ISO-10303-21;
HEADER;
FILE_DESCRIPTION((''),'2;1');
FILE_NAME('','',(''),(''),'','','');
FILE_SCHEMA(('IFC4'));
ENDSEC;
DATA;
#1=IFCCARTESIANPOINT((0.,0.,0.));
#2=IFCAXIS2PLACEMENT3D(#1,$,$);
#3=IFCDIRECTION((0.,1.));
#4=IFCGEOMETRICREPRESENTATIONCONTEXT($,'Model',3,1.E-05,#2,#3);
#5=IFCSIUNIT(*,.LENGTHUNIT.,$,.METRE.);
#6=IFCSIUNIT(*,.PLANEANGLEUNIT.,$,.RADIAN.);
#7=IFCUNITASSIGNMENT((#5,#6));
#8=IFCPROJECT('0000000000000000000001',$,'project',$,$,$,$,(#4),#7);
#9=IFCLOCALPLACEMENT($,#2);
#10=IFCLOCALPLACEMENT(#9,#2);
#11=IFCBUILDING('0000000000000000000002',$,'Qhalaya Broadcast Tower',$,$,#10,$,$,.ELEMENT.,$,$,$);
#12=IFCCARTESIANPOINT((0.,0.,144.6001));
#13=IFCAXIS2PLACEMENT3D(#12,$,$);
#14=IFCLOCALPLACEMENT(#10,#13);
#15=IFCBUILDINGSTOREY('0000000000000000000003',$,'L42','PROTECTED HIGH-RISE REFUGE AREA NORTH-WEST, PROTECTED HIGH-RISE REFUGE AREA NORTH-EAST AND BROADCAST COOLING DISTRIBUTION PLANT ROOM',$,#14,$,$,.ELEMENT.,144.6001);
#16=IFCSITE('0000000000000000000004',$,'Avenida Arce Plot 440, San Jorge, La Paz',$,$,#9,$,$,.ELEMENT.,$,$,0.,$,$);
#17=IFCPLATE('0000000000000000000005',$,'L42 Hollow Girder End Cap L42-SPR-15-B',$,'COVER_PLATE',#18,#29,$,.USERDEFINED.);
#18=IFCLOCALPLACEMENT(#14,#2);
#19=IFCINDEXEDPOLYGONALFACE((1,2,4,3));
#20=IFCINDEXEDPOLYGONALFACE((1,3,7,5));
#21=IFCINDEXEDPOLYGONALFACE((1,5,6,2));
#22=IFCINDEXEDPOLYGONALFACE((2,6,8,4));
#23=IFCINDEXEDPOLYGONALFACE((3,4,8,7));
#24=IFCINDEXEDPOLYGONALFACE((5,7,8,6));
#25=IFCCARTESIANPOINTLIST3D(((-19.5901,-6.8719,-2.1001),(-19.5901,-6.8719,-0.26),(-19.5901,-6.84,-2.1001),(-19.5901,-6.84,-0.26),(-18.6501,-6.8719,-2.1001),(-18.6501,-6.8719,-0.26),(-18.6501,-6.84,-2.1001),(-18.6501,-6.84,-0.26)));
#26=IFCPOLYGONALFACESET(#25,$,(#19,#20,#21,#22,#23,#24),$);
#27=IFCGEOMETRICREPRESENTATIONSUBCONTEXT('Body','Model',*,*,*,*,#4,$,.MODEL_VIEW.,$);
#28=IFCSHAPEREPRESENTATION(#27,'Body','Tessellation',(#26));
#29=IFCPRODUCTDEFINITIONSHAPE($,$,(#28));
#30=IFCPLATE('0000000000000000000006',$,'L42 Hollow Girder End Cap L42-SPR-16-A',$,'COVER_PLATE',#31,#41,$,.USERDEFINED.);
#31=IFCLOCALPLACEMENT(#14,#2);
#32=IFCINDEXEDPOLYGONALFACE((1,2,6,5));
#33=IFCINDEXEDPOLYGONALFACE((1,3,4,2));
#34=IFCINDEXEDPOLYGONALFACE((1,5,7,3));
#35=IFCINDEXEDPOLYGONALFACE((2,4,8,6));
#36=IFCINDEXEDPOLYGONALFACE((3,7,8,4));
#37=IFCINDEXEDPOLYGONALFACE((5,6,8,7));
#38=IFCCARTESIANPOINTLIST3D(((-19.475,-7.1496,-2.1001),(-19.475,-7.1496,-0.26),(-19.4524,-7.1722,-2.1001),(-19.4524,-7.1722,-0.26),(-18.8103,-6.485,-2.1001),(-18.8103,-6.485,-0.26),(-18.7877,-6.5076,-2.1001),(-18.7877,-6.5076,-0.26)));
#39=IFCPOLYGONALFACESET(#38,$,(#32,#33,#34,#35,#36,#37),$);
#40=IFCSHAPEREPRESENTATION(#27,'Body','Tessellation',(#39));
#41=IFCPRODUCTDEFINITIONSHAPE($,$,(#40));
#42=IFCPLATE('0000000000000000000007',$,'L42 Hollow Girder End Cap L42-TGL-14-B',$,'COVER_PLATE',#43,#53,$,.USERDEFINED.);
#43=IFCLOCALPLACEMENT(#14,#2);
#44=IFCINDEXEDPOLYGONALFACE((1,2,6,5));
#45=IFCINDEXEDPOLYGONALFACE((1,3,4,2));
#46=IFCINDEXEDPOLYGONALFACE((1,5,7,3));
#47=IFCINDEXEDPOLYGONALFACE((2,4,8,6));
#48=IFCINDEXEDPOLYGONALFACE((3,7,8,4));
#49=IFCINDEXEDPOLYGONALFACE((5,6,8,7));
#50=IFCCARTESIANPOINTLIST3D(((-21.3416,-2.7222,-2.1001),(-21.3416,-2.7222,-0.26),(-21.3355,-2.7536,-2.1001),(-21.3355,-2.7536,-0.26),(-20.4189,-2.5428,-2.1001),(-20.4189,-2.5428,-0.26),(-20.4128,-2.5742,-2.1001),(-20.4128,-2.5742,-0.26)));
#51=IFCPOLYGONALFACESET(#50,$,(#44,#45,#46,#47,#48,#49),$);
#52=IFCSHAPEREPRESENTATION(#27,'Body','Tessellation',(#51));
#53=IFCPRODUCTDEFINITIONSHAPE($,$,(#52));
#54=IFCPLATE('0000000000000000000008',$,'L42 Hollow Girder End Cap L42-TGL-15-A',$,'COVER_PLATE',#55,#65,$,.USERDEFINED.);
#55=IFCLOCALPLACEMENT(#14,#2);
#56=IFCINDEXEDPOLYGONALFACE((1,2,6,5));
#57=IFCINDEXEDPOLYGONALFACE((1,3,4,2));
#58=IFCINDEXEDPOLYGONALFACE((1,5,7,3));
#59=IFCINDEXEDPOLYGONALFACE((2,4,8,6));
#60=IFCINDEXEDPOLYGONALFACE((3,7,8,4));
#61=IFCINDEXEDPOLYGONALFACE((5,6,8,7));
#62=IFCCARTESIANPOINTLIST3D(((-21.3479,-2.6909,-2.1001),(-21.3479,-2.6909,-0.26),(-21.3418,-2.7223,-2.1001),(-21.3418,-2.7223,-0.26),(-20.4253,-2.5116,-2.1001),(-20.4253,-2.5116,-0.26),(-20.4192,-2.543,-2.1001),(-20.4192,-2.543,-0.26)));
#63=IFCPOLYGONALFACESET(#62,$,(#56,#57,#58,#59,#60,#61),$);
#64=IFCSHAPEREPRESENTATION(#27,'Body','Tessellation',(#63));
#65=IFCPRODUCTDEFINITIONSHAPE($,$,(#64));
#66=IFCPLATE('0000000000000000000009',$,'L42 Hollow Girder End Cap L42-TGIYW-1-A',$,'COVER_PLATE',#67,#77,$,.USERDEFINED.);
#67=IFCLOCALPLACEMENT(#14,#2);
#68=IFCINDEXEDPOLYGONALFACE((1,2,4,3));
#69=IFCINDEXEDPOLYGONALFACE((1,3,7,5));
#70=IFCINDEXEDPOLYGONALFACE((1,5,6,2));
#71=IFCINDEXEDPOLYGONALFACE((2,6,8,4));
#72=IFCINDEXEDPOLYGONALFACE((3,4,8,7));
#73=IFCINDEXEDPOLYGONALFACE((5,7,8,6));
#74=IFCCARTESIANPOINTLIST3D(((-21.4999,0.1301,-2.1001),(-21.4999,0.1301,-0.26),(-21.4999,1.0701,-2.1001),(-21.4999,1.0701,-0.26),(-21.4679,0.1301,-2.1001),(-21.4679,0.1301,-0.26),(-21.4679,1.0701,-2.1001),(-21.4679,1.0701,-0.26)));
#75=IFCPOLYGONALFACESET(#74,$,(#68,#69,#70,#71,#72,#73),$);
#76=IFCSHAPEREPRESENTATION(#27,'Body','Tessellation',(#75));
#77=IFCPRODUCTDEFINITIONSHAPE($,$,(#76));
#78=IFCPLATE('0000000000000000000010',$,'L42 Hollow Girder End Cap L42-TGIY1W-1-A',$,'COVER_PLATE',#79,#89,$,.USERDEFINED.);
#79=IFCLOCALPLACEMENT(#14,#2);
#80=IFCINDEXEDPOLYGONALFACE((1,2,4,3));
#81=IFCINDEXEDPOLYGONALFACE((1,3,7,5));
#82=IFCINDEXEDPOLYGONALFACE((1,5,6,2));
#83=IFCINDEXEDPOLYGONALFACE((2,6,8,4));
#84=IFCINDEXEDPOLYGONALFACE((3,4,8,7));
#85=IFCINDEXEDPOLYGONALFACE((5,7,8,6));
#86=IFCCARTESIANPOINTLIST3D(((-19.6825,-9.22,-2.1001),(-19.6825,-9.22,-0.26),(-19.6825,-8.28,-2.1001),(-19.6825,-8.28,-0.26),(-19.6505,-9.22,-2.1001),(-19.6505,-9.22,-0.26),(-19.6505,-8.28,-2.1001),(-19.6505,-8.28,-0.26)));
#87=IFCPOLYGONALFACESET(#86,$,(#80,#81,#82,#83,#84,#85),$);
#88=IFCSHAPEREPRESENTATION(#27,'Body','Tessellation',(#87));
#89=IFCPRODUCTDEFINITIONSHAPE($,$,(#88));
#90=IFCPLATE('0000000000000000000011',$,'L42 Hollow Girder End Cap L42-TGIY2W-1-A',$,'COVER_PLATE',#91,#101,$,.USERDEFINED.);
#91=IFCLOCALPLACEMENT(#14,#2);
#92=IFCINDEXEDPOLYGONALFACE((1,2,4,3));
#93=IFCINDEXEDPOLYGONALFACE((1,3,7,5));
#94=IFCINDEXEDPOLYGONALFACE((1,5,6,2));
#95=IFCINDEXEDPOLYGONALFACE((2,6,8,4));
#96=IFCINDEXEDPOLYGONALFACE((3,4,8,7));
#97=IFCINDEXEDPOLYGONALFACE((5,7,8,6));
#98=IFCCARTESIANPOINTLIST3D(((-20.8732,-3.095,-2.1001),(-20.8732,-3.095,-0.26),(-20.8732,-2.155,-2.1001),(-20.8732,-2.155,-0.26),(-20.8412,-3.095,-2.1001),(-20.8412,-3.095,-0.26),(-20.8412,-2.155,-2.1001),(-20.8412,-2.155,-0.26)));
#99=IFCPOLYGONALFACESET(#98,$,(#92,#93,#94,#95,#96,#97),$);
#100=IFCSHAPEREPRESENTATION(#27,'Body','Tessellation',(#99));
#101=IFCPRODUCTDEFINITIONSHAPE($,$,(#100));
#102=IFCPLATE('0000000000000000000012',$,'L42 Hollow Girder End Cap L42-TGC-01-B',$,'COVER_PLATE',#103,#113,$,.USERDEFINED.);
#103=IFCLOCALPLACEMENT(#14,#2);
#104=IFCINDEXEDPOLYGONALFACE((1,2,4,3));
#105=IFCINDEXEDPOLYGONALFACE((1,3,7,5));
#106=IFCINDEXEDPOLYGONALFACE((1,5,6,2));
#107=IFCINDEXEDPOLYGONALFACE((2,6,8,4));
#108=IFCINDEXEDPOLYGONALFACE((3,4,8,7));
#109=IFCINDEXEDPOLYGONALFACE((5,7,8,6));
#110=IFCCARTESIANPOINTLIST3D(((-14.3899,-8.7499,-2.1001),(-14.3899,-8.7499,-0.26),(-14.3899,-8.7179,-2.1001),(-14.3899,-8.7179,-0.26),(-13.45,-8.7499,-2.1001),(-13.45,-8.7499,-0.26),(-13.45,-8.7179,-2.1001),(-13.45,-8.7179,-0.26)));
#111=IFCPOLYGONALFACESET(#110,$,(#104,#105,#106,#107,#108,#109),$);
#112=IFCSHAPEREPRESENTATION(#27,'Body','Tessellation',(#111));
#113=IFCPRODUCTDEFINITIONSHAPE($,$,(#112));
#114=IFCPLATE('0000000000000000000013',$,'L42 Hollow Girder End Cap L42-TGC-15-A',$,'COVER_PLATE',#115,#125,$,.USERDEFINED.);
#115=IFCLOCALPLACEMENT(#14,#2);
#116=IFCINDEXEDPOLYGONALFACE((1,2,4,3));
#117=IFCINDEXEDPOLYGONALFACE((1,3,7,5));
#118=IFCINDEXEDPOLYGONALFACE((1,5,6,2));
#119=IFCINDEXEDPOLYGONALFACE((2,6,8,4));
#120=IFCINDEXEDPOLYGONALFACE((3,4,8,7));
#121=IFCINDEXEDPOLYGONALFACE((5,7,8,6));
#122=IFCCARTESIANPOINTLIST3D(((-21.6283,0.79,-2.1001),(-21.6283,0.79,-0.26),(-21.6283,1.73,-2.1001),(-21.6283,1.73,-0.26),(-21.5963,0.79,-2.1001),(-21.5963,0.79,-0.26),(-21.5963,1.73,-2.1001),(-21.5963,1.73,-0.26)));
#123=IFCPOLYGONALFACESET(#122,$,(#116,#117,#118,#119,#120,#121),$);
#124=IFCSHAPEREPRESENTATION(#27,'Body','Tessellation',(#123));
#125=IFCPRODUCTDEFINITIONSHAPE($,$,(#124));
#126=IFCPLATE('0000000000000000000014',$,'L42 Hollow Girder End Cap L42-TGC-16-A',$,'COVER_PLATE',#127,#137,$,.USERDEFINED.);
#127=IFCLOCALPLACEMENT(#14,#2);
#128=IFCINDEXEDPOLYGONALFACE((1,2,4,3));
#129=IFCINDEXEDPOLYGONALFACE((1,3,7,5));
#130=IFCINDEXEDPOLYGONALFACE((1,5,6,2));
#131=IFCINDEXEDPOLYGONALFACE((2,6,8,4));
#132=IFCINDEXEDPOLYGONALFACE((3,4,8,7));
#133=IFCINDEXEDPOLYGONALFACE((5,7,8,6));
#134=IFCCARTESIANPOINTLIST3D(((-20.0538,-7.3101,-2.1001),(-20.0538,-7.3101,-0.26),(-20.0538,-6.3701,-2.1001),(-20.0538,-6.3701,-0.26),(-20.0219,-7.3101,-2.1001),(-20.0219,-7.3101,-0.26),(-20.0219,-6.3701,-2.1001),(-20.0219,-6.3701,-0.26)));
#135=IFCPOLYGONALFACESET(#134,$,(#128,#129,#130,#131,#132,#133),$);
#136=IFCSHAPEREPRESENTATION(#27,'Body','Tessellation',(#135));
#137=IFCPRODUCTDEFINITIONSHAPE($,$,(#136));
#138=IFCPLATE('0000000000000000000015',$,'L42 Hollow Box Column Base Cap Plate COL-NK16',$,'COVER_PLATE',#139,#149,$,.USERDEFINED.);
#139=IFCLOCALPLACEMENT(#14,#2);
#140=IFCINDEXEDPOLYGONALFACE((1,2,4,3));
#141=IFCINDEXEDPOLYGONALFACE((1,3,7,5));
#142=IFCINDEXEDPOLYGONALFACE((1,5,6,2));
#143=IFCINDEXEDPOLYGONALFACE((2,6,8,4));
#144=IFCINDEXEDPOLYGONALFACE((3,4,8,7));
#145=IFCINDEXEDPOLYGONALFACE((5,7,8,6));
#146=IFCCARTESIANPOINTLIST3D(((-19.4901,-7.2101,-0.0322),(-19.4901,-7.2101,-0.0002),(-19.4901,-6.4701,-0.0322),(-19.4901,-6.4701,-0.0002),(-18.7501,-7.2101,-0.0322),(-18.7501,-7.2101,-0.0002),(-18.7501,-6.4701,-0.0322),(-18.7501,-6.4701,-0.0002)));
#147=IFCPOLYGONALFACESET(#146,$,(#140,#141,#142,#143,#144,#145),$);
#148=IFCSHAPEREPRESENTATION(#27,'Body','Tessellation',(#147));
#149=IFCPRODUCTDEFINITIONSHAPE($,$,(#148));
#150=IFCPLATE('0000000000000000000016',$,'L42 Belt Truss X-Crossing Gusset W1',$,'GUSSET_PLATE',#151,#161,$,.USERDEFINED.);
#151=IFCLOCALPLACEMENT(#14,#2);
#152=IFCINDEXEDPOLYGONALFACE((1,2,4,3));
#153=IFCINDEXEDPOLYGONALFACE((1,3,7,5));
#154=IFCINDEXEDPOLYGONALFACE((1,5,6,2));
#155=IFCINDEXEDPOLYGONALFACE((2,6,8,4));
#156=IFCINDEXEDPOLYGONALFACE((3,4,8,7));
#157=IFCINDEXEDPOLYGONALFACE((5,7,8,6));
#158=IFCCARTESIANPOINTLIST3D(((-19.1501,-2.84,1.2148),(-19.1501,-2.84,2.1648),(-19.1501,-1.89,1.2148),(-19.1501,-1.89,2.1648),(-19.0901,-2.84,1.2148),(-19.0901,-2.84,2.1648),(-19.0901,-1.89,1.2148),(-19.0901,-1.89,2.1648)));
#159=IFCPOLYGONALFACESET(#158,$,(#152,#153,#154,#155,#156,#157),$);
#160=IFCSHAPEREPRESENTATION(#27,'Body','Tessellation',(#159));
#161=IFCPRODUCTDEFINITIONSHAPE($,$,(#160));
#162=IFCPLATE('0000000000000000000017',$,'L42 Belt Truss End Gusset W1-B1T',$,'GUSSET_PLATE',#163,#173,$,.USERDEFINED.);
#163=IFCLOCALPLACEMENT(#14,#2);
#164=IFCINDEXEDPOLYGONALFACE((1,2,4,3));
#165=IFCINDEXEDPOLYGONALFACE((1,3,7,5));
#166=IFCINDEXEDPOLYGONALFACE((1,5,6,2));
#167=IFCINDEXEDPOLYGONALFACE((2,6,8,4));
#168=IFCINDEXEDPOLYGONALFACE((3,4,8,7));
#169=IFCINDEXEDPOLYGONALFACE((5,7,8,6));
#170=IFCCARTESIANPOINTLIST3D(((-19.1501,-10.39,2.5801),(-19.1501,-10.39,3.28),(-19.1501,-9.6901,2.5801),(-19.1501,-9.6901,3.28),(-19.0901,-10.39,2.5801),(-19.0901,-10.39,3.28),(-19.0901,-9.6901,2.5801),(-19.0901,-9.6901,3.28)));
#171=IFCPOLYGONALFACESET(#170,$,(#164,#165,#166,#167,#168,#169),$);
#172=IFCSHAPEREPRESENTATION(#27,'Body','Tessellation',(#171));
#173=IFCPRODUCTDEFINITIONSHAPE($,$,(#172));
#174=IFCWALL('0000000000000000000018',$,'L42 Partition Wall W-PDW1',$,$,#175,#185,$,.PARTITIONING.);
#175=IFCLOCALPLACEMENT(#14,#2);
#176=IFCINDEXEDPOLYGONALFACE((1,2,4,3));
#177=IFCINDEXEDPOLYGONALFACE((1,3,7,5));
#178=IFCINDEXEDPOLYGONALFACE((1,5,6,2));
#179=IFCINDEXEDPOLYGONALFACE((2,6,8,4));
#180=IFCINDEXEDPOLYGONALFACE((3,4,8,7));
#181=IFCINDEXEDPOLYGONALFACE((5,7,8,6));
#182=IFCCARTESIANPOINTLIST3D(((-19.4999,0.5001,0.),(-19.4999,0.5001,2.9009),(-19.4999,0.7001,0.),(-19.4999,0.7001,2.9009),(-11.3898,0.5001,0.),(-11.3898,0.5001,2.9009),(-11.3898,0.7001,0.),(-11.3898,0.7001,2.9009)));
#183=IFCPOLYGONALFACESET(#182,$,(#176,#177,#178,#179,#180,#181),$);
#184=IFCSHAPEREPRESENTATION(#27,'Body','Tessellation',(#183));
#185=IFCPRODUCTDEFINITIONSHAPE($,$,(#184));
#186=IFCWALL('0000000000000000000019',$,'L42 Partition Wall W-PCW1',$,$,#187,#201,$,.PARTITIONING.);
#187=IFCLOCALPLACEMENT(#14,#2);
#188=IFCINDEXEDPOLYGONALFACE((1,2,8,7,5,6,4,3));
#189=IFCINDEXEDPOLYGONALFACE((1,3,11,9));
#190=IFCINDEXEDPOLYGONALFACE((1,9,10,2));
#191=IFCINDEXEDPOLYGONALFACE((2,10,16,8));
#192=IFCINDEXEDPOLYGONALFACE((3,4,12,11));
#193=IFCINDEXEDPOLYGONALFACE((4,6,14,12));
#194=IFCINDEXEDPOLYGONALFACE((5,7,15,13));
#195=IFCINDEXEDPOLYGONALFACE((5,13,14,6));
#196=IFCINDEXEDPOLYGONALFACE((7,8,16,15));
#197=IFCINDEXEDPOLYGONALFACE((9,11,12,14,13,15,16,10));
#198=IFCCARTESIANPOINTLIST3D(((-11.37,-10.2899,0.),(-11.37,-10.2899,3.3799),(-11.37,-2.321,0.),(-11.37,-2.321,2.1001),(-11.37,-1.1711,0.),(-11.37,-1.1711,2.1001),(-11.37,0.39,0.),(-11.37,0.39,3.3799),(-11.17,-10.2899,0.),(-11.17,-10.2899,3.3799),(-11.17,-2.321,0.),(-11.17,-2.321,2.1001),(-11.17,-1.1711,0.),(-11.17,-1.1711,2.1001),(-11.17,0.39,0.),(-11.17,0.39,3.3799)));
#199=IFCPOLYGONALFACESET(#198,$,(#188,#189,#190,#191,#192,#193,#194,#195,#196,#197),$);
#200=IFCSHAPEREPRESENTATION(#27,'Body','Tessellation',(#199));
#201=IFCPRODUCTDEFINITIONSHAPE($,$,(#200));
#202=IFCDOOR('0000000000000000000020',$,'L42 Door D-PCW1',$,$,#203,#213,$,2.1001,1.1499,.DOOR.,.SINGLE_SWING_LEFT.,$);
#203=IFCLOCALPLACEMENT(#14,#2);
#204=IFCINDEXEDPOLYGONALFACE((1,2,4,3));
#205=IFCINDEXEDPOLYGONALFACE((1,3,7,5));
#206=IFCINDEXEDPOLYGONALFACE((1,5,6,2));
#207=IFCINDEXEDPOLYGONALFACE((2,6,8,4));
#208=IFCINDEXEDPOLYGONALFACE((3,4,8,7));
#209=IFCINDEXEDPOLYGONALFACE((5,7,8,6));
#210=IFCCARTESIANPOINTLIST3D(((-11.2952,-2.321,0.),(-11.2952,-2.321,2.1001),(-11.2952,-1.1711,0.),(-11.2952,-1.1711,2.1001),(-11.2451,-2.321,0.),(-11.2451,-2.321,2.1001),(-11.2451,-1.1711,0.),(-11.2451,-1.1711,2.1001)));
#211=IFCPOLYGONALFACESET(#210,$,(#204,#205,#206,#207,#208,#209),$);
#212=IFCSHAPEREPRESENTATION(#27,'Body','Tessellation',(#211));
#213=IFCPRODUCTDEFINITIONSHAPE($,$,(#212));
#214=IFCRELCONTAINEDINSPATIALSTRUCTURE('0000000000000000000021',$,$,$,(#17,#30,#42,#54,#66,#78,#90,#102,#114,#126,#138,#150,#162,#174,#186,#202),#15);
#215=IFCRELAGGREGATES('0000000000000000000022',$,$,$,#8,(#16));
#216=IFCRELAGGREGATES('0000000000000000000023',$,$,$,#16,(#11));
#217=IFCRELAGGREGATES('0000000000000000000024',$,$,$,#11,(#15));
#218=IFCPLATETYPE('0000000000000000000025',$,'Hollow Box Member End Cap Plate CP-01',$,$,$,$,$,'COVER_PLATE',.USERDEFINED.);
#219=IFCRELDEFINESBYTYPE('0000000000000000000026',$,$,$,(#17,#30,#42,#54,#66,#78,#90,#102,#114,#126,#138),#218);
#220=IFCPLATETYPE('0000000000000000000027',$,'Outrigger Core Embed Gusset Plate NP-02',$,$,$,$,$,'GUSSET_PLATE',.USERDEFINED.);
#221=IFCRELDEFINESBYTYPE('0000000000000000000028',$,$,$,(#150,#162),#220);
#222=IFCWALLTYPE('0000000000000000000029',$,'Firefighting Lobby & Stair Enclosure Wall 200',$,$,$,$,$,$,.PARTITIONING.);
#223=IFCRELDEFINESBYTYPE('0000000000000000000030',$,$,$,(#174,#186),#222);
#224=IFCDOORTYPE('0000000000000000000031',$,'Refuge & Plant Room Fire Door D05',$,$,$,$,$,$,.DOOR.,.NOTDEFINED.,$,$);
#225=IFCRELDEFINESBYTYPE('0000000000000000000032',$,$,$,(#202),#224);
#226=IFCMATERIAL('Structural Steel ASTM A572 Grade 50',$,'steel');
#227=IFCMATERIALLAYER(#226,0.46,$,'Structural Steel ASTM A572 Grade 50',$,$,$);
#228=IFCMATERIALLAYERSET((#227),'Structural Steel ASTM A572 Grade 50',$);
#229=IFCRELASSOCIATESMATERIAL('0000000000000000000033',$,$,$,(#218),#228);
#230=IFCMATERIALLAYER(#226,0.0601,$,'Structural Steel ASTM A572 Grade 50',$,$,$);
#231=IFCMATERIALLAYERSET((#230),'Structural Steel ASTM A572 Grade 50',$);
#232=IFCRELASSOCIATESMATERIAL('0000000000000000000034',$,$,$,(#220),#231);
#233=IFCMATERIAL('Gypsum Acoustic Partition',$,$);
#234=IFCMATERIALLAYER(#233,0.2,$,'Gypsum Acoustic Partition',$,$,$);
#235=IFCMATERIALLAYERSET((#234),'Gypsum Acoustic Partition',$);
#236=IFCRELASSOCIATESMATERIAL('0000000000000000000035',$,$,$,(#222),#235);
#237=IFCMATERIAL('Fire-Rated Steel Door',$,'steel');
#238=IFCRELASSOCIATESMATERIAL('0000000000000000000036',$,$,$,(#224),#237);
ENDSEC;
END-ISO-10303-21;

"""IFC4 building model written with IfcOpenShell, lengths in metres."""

from ifc_helpers import new_model, si_unit, direction, frame, frame_2d, origin, origin_2d, place, context, subcontext, project, spatial, rectangle, extrude, material, layer, layer_set, type_object, element, fill, save


model = new_model("IFC4")

# Units and contexts
model_context = context("Model", 3, precision=1e-05, world=origin(), true_north=direction((0.0, 1.0)))
body_context = subcontext(model_context, "Body", "Model", "MODEL_VIEW")
ifc_project = project(units=[si_unit("LENGTHUNIT", "METRE"), si_unit("PLANEANGLEUNIT", "RADIAN")], contexts=[model_context])

# Site, building, storey
site_placement = place(None, origin())
site = spatial("IfcSite", under=ifc_project, at=site_placement, Name="Avenida Arce Plot 440, San Jorge, La Paz", CompositionType="ELEMENT", RefElevation=0.0)
building_placement = place(site_placement, origin())
building = spatial("IfcBuilding", under=site, at=building_placement, Name="Qhalaya Broadcast Tower", CompositionType="ELEMENT")
storey_placement = place(building_placement, frame((0.0, 0.0, 144.6001)))
storey = spatial("IfcBuildingStorey", under=building, at=storey_placement, Name="L42", Description="PROTECTED HIGH-RISE REFUGE AREA NORTH-WEST, PROTECTED HIGH-RISE REFUGE AREA NORTH-EAST AND BROADCAST COOLING DISTRIBUTION PLANT ROOM", CompositionType="ELEMENT", Elevation=144.6001)

# Shared definitions
ifc_material_1 = material(Name="Structural Steel ASTM A572 Grade 50", Category="steel")

# Plates
ifc_layer_1 = layer(ifc_material_1, 0.46, Name="Structural Steel ASTM A572 Grade 50")
ifc_layer_set_1 = layer_set([ifc_layer_1], Name="Structural Steel ASTM A572 Grade 50")
plate_type_1 = type_object("IfcPlateType", Name="Hollow Box Member End Cap Plate CP-01", ElementType="COVER_PLATE", PredefinedType="USERDEFINED", material=ifc_layer_set_1)
for number, where, z_axis, x_axis, name in (
    (1, (-19.1201, -6.856, -2.1001), (0.0, 0.0, 1.0), (1.0, 0.0, 0.0), "L42 Hollow Girder End Cap L42-SPR-15-B"),
    (2, (-19.1313, -6.8286, -2.1001), (0.0, 0.0, 1.0), (0.707107, 0.707107, 0.0), "L42 Hollow Girder End Cap L42-SPR-16-A"),
    (3, (-20.8772, -2.6482, -2.1001), (0.0, 0.0, 1.0), (0.981627, 0.190809, 0.0), "L42 Hollow Girder End Cap L42-TGL-14-B"),
    (4, (-20.8835, -2.6169, -2.1001), (0.0, 0.0, 1.0), (0.981627, 0.190809, 0.0), "L42 Hollow Girder End Cap L42-TGL-15-A"),
    (5, (-21.4839, 0.6001, -2.1001), (0.0, 0.0, 1.0), (0.0, 1.0, 0.0), "L42 Hollow Girder End Cap L42-TGIYW-1-A"),
    (6, (-19.6665, -8.75, -2.1001), (0.0, 0.0, 1.0), (0.0, 1.0, 0.0), "L42 Hollow Girder End Cap L42-TGIY1W-1-A"),
    (7, (-20.8572, -2.625, -2.1001), (0.0, 0.0, 1.0), (0.0, 1.0, 0.0), "L42 Hollow Girder End Cap L42-TGIY2W-1-A"),
    (8, (-13.9199, -8.7339, -2.1001), (0.0, 0.0, 1.0), (-1.0, 0.0, 0.0), "L42 Hollow Girder End Cap L42-TGC-01-B"),
    (9, (-21.6123, 1.26, -2.1001), (0.0, 0.0, 1.0), (0.0, 1.0, 0.0), "L42 Hollow Girder End Cap L42-TGC-15-A"),
    (10, (-20.0378, -6.8401, -2.1001), (0.0, 0.0, 1.0), (0.0, 1.0, 0.0), "L42 Hollow Girder End Cap L42-TGC-16-A"),
):
    element("IfcPlate", number, at=place(storey_placement, frame(where, z_axis=z_axis, x_axis=x_axis)), inside=storey, type_object=plate_type_1, Name=name, ObjectType="COVER_PLATE", PredefinedType="USERDEFINED", context=body_context, shape_type="SweptSolid", body=[
        extrude(rectangle(XDim=0.9399, YDim=0.032, at=origin_2d()), origin(), (0.0, 0.0, 1.0), 1.8401),
    ])
plate_1_placement = place(storey_placement, frame((-19.1201, -6.8401, -0.0322), z_axis=(0.0, 0.0, 1.0), x_axis=(0.0, 1.0, 0.0)))
element("IfcPlate", 11, at=plate_1_placement, inside=storey, type_object=plate_type_1, Name="L42 Hollow Box Column Base Cap Plate COL-NK16", ObjectType="COVER_PLATE", PredefinedType="USERDEFINED", context=body_context, shape_type="SweptSolid", body=[
    extrude(rectangle(XDim=0.74, YDim=0.74, at=origin_2d()), origin(), (0.0, 0.0, 1.0), 0.032),
])
ifc_layer_2 = layer(ifc_material_1, 0.0601, Name="Structural Steel ASTM A572 Grade 50")
ifc_layer_set_2 = layer_set([ifc_layer_2], Name="Structural Steel ASTM A572 Grade 50")
plate_type_2 = type_object("IfcPlateType", Name="Outrigger Core Embed Gusset Plate NP-02", ElementType="GUSSET_PLATE", PredefinedType="USERDEFINED", material=ifc_layer_set_2)
plate_2_placement = place(storey_placement, frame((-19.1201, -2.365, 1.2148), z_axis=(0.0, 0.0, 1.0), x_axis=(0.0, 1.0, 0.0)))
element("IfcPlate", 12, at=plate_2_placement, inside=storey, type_object=plate_type_2, Name="L42 Belt Truss X-Crossing Gusset W1", ObjectType="GUSSET_PLATE", PredefinedType="USERDEFINED", context=body_context, shape_type="SweptSolid", body=[
    extrude(rectangle(XDim=0.95, YDim=0.0601, at=origin_2d()), origin(), (0.0, 0.0, 1.0), 0.95),
])
plate_3_placement = place(storey_placement, frame((-19.1201, -10.04, 2.5801), z_axis=(0.0, 0.0, 1.0), x_axis=(0.0, 1.0, 0.0)))
element("IfcPlate", 13, at=plate_3_placement, inside=storey, type_object=plate_type_2, Name="L42 Belt Truss End Gusset W1-B1T", ObjectType="GUSSET_PLATE", PredefinedType="USERDEFINED", context=body_context, shape_type="SweptSolid", body=[
    extrude(rectangle(XDim=0.7, YDim=0.0601, at=origin_2d()), origin(), (0.0, 0.0, 1.0), 0.7),
])

# Wall
ifc_material_2 = material(Name="Gypsum Acoustic Partition")
ifc_layer_3 = layer(ifc_material_2, 0.2, Name="Gypsum Acoustic Partition")
ifc_layer_set_3 = layer_set([ifc_layer_3], Name="Gypsum Acoustic Partition")
wall_type_1 = type_object("IfcWallType", Name="Firefighting Lobby & Stair Enclosure Wall 200", PredefinedType="PARTITIONING", material=ifc_layer_set_3)
wall_1_placement = place(storey_placement, frame((-19.5, 0.6001, 0.0), z_axis=(0.0, 0.0, 1.0), x_axis=(1.0, 0.0, 0.0)))
element("IfcWall", 14, at=wall_1_placement, inside=storey, type_object=wall_type_1, Name="L42 Partition Wall W-PDW1", PredefinedType="PARTITIONING", context=body_context, shape_type="SweptSolid", body=[
    extrude(rectangle(XDim=8.1101, YDim=0.2, at=frame_2d((4.0552, 0.0))), origin(), (0.0, 0.0, 1.0), 2.9009),
])

# Wall, opening, door
wall_2_placement = place(storey_placement, frame((-11.27, 0.3899, 0.0), z_axis=(0.0, 0.0, 1.0), x_axis=(0.0, -1.0, 0.0)))
wall_2 = element("IfcWall", 15, at=wall_2_placement, inside=storey, type_object=wall_type_1, Name="L42 Partition Wall W-PCW1", PredefinedType="PARTITIONING", context=body_context, shape_type="SweptSolid", body=[
    extrude(rectangle(XDim=10.6799, YDim=0.2, at=frame_2d((5.3398, 0.0))), origin(), (0.0, 0.0, 1.0), 3.3799),
])
opening_1_placement = place(wall_2_placement, frame((1.561, 0.0, 0.0)))
opening_1 = element("IfcOpeningElement", 16, at=opening_1_placement, cuts=wall_2, PredefinedType="OPENING", context=body_context, shape_type="SweptSolid", body=[
    extrude(rectangle(XDim=1.1499, YDim=2.1001, at=frame_2d((0.575, 1.05))), frame((0.0, 0.1121, 0.0), z_axis=(0.0, -1.0, 0.0), x_axis=(1.0, 0.0, 0.0)), (0.0, 0.0, 1.0), 0.2239),
])
ifc_material_3 = material(Name="Fire-Rated Steel Door", Category="steel")
door_type_1 = type_object("IfcDoorType", Name="Refuge & Plant Room Fire Door D05", OperationType="NOTDEFINED", PredefinedType="DOOR", material=ifc_material_3)
door_1_placement = place(opening_1_placement, origin())
door_1 = element("IfcDoor", 17, at=door_1_placement, inside=storey, type_object=door_type_1, Name="L42 Door D-PCW1", OperationType="SINGLE_SWING_LEFT", OverallHeight=2.1001, OverallWidth=1.1499, PredefinedType="DOOR", context=body_context, shape_type="SweptSolid", body=[
    extrude(rectangle(XDim=1.1499, YDim=2.1001, at=frame_2d((0.575, 1.05))), frame((0.0, 0.0249, 0.0), z_axis=(0.0, -1.0, 0.0), x_axis=(1.0, 0.0, 0.0)), (0.0, 0.0, 1.0), 0.05),
])
fill(opening_1, door_1)

save(model, "model.ifc")
